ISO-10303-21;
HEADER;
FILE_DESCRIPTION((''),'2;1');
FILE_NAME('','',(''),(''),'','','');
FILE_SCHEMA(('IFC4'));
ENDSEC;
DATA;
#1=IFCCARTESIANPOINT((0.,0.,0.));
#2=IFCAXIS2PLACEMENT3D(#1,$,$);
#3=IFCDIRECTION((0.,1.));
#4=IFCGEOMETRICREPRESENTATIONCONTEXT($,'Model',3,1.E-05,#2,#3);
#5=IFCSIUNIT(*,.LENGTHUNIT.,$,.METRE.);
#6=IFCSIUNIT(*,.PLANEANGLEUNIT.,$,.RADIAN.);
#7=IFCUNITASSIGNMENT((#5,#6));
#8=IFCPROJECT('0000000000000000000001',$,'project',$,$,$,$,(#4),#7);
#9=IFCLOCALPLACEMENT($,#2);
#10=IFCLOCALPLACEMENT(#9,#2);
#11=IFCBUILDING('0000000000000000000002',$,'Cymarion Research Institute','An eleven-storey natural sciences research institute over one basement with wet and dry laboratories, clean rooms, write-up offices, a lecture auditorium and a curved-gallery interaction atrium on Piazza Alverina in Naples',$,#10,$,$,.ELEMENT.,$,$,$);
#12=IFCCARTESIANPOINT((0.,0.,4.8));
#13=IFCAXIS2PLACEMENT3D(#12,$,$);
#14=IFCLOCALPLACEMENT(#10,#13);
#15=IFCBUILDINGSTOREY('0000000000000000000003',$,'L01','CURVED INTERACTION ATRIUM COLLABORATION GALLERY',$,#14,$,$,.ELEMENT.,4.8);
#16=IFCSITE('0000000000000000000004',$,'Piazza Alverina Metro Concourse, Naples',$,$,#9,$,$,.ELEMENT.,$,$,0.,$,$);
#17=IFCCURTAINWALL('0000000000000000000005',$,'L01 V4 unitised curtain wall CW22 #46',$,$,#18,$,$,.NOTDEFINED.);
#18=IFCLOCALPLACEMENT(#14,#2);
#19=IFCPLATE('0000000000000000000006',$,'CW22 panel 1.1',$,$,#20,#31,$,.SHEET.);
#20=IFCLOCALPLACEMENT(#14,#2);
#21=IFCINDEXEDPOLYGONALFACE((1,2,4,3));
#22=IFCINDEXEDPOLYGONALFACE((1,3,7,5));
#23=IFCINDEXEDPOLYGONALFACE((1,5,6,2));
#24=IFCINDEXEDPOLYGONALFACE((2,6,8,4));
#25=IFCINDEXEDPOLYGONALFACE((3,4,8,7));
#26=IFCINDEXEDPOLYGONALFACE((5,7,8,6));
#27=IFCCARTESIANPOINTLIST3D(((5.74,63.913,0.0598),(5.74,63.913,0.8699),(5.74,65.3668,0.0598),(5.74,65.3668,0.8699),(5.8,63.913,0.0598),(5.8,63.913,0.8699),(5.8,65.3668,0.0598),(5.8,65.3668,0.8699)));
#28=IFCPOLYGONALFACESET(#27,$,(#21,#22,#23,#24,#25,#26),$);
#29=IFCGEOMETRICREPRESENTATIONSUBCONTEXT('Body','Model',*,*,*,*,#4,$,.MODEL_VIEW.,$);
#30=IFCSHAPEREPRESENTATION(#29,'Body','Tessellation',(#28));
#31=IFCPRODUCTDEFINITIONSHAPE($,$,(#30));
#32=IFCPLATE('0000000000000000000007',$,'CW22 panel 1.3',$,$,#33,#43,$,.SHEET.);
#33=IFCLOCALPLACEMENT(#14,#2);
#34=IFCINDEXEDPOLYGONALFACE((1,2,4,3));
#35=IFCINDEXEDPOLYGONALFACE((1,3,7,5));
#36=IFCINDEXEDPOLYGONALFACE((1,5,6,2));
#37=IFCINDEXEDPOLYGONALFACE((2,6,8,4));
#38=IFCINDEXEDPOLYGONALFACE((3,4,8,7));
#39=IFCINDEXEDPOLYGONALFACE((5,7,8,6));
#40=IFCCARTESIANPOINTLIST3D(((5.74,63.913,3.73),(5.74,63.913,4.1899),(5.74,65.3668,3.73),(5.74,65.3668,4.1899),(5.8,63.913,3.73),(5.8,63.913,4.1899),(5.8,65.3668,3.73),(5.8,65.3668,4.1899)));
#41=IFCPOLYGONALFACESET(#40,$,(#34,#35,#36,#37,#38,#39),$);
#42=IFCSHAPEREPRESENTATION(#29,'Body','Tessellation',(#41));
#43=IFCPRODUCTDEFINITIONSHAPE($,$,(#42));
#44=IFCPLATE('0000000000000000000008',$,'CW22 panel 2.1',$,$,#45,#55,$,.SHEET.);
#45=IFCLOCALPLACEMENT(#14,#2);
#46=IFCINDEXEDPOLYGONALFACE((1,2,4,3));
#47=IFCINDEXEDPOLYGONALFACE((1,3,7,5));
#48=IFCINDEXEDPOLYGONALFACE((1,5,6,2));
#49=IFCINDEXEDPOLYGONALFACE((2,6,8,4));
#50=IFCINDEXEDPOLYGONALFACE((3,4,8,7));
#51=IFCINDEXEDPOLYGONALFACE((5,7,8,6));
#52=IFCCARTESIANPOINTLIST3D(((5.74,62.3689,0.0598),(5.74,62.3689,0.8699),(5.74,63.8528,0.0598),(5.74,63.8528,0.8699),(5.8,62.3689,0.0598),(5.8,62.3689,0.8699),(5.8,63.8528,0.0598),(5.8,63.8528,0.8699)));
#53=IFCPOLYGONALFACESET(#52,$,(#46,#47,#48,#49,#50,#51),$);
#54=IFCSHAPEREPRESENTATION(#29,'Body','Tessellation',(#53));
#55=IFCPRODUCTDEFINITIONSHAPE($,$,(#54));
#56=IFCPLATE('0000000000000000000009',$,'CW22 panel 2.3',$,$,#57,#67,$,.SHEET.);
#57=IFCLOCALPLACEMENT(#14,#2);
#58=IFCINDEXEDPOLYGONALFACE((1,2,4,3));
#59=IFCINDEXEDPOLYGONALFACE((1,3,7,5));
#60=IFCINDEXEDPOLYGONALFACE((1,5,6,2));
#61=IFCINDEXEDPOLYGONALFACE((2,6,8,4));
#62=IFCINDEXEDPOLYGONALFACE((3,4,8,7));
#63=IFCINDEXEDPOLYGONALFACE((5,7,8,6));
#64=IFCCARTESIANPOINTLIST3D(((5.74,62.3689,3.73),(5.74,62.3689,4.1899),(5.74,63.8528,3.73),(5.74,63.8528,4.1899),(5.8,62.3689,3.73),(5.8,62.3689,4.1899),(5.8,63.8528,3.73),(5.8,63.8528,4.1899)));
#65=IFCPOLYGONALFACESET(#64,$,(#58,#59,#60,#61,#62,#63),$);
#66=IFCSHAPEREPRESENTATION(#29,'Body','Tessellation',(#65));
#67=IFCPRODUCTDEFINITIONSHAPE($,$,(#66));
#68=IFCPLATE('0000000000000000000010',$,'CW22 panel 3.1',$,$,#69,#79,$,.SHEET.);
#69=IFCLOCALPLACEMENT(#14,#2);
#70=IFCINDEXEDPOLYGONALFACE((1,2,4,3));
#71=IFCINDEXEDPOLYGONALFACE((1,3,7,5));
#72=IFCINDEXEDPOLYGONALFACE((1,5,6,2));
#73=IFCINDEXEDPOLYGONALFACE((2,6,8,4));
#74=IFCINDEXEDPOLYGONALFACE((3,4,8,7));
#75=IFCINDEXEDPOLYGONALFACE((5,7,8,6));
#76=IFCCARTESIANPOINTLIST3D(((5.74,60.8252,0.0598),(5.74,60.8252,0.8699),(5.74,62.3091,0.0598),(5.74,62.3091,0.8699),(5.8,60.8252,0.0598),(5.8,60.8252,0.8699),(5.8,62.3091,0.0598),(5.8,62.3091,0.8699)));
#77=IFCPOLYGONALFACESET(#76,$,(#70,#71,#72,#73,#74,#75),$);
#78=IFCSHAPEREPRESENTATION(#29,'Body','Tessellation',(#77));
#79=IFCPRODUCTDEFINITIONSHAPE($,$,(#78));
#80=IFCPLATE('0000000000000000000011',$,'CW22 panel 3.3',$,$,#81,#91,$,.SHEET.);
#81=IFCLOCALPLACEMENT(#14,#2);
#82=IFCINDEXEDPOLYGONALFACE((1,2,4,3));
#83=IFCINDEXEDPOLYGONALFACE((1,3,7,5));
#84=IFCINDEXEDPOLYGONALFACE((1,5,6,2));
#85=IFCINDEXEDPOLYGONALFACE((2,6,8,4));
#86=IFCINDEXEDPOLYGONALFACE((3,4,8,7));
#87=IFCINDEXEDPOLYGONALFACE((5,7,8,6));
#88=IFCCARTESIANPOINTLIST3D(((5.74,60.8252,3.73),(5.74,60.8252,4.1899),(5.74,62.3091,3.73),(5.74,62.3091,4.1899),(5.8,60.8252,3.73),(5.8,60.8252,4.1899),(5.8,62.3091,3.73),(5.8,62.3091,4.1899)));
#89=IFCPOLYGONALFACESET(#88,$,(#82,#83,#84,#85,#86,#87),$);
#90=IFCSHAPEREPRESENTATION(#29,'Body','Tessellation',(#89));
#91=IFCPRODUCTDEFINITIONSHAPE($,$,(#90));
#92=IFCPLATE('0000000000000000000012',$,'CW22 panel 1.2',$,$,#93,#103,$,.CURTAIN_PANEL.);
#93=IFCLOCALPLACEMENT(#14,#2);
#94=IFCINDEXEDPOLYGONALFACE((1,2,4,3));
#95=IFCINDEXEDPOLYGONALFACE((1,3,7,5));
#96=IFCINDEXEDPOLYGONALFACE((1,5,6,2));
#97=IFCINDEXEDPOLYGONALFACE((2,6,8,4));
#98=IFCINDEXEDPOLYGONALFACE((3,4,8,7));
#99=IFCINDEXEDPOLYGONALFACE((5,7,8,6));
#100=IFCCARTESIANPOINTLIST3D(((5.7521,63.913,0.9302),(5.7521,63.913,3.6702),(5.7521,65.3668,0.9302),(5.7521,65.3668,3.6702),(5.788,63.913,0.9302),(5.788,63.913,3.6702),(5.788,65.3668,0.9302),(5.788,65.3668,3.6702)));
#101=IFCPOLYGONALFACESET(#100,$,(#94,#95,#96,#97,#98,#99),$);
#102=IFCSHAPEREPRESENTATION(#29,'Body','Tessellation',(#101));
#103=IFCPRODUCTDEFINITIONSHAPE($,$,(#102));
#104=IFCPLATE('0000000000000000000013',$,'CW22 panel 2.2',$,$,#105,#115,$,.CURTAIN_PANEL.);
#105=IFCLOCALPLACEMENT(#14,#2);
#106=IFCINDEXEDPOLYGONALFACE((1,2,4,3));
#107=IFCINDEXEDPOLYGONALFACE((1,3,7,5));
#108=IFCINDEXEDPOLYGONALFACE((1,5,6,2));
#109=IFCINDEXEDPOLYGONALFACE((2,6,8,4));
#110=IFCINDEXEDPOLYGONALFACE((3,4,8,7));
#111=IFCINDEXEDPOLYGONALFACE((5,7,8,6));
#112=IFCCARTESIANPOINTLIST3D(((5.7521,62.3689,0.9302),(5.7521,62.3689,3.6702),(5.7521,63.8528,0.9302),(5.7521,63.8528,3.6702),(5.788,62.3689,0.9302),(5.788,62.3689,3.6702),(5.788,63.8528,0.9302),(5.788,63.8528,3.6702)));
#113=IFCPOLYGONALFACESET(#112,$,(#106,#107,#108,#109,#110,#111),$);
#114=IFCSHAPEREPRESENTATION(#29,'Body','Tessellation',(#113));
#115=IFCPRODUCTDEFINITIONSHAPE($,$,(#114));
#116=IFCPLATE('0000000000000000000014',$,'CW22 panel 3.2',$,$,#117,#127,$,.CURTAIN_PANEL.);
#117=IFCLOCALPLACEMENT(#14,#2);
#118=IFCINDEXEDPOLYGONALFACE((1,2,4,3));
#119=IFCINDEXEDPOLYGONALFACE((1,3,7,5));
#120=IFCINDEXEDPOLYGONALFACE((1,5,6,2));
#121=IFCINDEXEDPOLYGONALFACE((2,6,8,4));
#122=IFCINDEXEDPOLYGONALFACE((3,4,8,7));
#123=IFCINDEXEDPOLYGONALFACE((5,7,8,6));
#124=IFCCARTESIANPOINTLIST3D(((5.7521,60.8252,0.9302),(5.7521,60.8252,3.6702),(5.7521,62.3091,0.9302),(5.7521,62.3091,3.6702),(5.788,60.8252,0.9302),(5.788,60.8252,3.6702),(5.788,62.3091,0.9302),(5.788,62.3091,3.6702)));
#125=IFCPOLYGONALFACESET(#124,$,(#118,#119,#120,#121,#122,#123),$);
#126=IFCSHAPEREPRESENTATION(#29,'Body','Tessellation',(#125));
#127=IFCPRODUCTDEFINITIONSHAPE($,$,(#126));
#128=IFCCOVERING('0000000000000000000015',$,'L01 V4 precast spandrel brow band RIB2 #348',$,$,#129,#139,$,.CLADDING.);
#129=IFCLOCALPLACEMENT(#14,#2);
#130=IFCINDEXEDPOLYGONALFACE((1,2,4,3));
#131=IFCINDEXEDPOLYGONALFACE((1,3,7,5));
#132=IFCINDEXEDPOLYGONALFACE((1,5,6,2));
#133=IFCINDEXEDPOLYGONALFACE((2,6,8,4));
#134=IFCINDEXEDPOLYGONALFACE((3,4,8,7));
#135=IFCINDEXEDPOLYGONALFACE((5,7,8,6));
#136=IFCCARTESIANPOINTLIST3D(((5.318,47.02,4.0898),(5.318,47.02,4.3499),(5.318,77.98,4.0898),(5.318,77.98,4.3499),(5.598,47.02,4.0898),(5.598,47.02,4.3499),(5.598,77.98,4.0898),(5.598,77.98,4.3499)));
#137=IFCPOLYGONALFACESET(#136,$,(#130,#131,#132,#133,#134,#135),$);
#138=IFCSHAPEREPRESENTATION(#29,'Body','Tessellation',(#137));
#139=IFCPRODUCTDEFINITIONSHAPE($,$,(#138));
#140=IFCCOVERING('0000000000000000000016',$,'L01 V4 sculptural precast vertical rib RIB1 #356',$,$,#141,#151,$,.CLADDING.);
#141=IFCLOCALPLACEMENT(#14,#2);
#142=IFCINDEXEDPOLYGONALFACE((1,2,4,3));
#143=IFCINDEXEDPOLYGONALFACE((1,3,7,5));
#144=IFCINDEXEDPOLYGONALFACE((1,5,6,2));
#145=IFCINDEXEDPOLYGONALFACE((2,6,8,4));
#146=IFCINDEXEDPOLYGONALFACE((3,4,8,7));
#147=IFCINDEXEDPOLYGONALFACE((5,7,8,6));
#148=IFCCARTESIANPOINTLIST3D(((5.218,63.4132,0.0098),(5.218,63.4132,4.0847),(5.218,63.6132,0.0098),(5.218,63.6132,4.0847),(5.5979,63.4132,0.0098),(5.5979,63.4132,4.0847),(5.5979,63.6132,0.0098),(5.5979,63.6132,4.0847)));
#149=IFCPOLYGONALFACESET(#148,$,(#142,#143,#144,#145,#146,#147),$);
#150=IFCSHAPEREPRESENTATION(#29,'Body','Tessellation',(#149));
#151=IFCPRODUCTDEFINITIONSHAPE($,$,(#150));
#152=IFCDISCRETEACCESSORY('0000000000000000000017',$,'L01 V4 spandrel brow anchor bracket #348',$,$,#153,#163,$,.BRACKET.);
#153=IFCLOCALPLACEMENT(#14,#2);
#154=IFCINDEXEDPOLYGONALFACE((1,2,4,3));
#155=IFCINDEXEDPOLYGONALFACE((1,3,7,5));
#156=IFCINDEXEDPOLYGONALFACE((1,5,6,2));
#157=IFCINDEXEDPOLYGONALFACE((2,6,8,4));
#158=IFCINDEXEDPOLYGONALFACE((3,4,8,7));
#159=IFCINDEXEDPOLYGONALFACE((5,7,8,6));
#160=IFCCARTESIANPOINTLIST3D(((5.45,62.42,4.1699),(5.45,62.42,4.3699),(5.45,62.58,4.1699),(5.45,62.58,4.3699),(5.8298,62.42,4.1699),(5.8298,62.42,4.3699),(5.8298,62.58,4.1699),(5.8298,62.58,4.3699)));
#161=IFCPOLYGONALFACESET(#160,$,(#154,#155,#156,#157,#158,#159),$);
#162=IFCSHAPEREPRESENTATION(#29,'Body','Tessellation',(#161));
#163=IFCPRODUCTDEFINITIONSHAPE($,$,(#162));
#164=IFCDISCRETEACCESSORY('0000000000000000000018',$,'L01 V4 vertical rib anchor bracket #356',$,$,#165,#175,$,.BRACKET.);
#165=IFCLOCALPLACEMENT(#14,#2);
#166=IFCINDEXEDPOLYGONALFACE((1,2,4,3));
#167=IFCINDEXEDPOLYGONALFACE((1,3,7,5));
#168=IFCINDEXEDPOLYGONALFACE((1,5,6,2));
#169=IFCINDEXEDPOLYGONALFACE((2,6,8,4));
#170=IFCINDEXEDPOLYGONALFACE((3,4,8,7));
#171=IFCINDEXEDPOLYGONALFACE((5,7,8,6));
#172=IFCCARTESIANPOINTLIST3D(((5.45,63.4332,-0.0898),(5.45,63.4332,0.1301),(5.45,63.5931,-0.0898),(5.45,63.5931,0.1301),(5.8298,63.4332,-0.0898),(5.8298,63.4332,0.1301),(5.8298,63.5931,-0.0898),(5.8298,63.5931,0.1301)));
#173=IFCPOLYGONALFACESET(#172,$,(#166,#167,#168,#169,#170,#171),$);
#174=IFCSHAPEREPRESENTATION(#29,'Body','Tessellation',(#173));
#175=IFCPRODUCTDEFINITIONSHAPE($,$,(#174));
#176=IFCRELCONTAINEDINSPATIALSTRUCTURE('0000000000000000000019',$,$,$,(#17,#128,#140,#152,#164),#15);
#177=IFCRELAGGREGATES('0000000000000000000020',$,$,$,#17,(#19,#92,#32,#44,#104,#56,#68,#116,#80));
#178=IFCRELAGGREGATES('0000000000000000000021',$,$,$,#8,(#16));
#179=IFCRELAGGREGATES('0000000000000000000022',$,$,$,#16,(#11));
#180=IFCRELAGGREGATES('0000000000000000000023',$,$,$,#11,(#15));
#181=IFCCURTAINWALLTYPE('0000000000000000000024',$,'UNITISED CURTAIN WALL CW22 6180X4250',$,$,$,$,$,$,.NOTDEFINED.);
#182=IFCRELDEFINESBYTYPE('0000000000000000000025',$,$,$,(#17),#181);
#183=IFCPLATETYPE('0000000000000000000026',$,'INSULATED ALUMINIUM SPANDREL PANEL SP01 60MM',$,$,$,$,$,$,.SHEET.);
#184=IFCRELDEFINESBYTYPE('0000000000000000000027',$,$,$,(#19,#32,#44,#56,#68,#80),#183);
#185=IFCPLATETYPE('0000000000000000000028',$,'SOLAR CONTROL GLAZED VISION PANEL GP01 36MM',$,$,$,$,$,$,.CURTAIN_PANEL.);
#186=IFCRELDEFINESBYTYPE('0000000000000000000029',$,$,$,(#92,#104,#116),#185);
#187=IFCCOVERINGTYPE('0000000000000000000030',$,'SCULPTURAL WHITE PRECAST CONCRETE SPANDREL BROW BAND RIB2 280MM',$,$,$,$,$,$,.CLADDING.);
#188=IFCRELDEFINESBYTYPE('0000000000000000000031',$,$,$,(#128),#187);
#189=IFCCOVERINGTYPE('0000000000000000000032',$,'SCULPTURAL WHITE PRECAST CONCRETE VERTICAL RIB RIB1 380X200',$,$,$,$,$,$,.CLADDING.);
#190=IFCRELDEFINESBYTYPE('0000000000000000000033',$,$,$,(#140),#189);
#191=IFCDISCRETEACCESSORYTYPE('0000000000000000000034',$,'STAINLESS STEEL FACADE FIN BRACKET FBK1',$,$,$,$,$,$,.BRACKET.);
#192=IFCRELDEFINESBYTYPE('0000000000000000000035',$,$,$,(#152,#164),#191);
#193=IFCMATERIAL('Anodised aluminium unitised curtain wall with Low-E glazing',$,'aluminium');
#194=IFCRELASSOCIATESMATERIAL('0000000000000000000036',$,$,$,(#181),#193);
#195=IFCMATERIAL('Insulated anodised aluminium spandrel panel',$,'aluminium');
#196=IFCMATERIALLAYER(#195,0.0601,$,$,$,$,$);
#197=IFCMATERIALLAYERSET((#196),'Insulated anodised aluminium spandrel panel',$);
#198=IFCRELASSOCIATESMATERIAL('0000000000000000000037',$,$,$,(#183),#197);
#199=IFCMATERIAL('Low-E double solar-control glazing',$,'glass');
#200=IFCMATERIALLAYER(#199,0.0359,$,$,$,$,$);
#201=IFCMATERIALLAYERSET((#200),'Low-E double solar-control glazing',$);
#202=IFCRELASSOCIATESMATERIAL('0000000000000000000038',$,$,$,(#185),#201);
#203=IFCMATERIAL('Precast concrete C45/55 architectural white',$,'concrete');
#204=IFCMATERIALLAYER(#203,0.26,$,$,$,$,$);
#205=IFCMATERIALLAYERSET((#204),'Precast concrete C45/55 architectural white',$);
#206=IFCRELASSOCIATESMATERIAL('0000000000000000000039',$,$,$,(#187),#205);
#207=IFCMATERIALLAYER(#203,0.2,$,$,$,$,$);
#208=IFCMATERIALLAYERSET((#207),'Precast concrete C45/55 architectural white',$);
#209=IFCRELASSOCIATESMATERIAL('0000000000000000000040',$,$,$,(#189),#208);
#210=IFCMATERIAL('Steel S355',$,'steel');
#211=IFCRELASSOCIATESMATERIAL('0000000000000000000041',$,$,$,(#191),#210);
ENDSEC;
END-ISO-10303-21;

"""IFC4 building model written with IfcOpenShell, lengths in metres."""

from ifc_helpers import new_model, si_unit, direction, frame, origin, origin_2d, place, context, subcontext, project, spatial, rectangle, extrude, material, layer, layer_set, type_object, element, aggregate, save


model = new_model("IFC4")

# Units and contexts
model_context = context("Model", 3, precision=1e-05, world=origin(), true_north=direction((0.0, 1.0)))
body_context = subcontext(model_context, "Body", "Model", "MODEL_VIEW")
ifc_project = project(units=[si_unit("LENGTHUNIT", "METRE"), si_unit("PLANEANGLEUNIT", "RADIAN")], contexts=[model_context])

# Site, building, storey
site_placement = place(None, origin())
site = spatial("IfcSite", under=ifc_project, at=site_placement, Name="Piazza Alverina Metro Concourse, Naples", CompositionType="ELEMENT", RefElevation=0.0)
building_placement = place(site_placement, origin())
building = spatial("IfcBuilding", under=site, at=building_placement, Name="Cymarion Research Institute", Description="An eleven-storey natural sciences research institute over one basement with wet and dry laboratories, clean rooms, write-up offices, a lecture auditorium and a curved-gallery interaction atrium on Piazza Alverina in Naples", CompositionType="ELEMENT")
storey_placement = place(building_placement, frame((0.0, 0.0, 4.8)))
storey = spatial("IfcBuildingStorey", under=building, at=storey_placement, Name="L01", Description="CURVED INTERACTION ATRIUM COLLABORATION GALLERY", CompositionType="ELEMENT", Elevation=4.8)

# Curtain wall, plates
ifc_material_1 = material(Name="Anodised aluminium unitised curtain wall with Low-E glazing", Category="aluminium")
curtain_wall_type = type_object("IfcCurtainWallType", Name="UNITISED CURTAIN WALL CW22 6180X4250", PredefinedType="NOTDEFINED", material=ifc_material_1)
curtain_wall_placement = place(storey_placement, origin())
curtain_wall = element("IfcCurtainWall", 1, at=curtain_wall_placement, inside=storey, type_object=curtain_wall_type, Name="L01 V4 unitised curtain wall CW22 #46", PredefinedType="NOTDEFINED")
ifc_material_2 = material(Name="Insulated anodised aluminium spandrel panel", Category="aluminium")
ifc_layer_1 = layer(ifc_material_2, 0.0601)
ifc_layer_set_1 = layer_set([ifc_layer_1], Name="Insulated anodised aluminium spandrel panel")
plate_type_1 = type_object("IfcPlateType", Name="INSULATED ALUMINIUM SPANDREL PANEL SP01 60MM", PredefinedType="SHEET", material=ifc_layer_set_1)
plate_1_placement = place(storey_placement, frame((5.77, 64.6399, 0.0598), z_axis=(0.0, 0.0, 1.0), x_axis=(0.0, -1.0, 0.0)))
plate_1 = element("IfcPlate", 2, at=plate_1_placement, type_object=plate_type_1, Name="CW22 panel 1.1", PredefinedType="SHEET", context=body_context, shape_type="SweptSolid", body=[
    extrude(rectangle(XDim=1.4539, YDim=0.0601, at=origin_2d()), origin(), (0.0, 0.0, 1.0), 0.8101),
])
plate_2_placement = place(storey_placement, frame((5.77, 64.6399, 3.73), z_axis=(0.0, 0.0, 1.0), x_axis=(0.0, -1.0, 0.0)))
plate_2 = element("IfcPlate", 3, at=plate_2_placement, type_object=plate_type_1, Name="CW22 panel 1.3", PredefinedType="SHEET", context=body_context, shape_type="SweptSolid", body=[
    extrude(rectangle(XDim=1.4539, YDim=0.0601, at=origin_2d()), origin(), (0.0, 0.0, 1.0), 0.46),
])
plate_3_placement = place(storey_placement, frame((5.77, 63.1108, 0.0598), z_axis=(0.0, 0.0, 1.0), x_axis=(0.0, -1.0, 0.0)))
plate_3 = element("IfcPlate", 4, at=plate_3_placement, type_object=plate_type_1, Name="CW22 panel 2.1", PredefinedType="SHEET", context=body_context, shape_type="SweptSolid", body=[
    extrude(rectangle(XDim=1.4839, YDim=0.0601, at=origin_2d()), origin(), (0.0, 0.0, 1.0), 0.8101),
])
plate_4_placement = place(storey_placement, frame((5.77, 63.1108, 3.73), z_axis=(0.0, 0.0, 1.0), x_axis=(0.0, -1.0, 0.0)))
plate_4 = element("IfcPlate", 5, at=plate_4_placement, type_object=plate_type_1, Name="CW22 panel 2.3", PredefinedType="SHEET", context=body_context, shape_type="SweptSolid", body=[
    extrude(rectangle(XDim=1.4839, YDim=0.0601, at=origin_2d()), origin(), (0.0, 0.0, 1.0), 0.46),
])
plate_5_placement = place(storey_placement, frame((5.77, 61.5671, 0.0598), z_axis=(0.0, 0.0, 1.0), x_axis=(0.0, -1.0, 0.0)))
plate_5 = element("IfcPlate", 6, at=plate_5_placement, type_object=plate_type_1, Name="CW22 panel 3.1", PredefinedType="SHEET", context=body_context, shape_type="SweptSolid", body=[
    extrude(rectangle(XDim=1.4839, YDim=0.0601, at=origin_2d()), origin(), (0.0, 0.0, 1.0), 0.8101),
])
plate_6_placement = place(storey_placement, frame((5.77, 61.5671, 3.73), z_axis=(0.0, 0.0, 1.0), x_axis=(0.0, -1.0, 0.0)))
plate_6 = element("IfcPlate", 7, at=plate_6_placement, type_object=plate_type_1, Name="CW22 panel 3.3", PredefinedType="SHEET", context=body_context, shape_type="SweptSolid", body=[
    extrude(rectangle(XDim=1.4839, YDim=0.0601, at=origin_2d()), origin(), (0.0, 0.0, 1.0), 0.46),
])
ifc_material_3 = material(Name="Low-E double solar-control glazing", Category="glass")
ifc_layer_2 = layer(ifc_material_3, 0.0359)
ifc_layer_set_2 = layer_set([ifc_layer_2], Name="Low-E double solar-control glazing")
plate_type_2 = type_object("IfcPlateType", Name="SOLAR CONTROL GLAZED VISION PANEL GP01 36MM", PredefinedType="CURTAIN_PANEL", material=ifc_layer_set_2)
plate_7_placement = place(storey_placement, frame((5.77, 64.6399, 0.9302), z_axis=(0.0, 0.0, 1.0), x_axis=(0.0, -1.0, 0.0)))
plate_7 = element("IfcPlate", 8, at=plate_7_placement, type_object=plate_type_2, Name="CW22 panel 1.2", PredefinedType="CURTAIN_PANEL", context=body_context, shape_type="SweptSolid", body=[
    extrude(rectangle(XDim=1.4539, YDim=0.0359, at=origin_2d()), origin(), (0.0, 0.0, 1.0), 2.74),
])
plate_8_placement = place(storey_placement, frame((5.77, 63.1108, 0.9302), z_axis=(0.0, 0.0, 1.0), x_axis=(0.0, -1.0, 0.0)))
plate_8 = element("IfcPlate", 9, at=plate_8_placement, type_object=plate_type_2, Name="CW22 panel 2.2", PredefinedType="CURTAIN_PANEL", context=body_context, shape_type="SweptSolid", body=[
    extrude(rectangle(XDim=1.4839, YDim=0.0359, at=origin_2d()), origin(), (0.0, 0.0, 1.0), 2.74),
])
plate_9_placement = place(storey_placement, frame((5.77, 61.5671, 0.9302), z_axis=(0.0, 0.0, 1.0), x_axis=(0.0, -1.0, 0.0)))
plate_9 = element("IfcPlate", 10, at=plate_9_placement, type_object=plate_type_2, Name="CW22 panel 3.2", PredefinedType="CURTAIN_PANEL", context=body_context, shape_type="SweptSolid", body=[
    extrude(rectangle(XDim=1.4839, YDim=0.0359, at=origin_2d()), origin(), (0.0, 0.0, 1.0), 2.74),
])
aggregate(curtain_wall, [plate_1, plate_7, plate_2, plate_3, plate_8, plate_4, plate_5, plate_9, plate_6])

# Coverings
ifc_material_4 = material(Name="Precast concrete C45/55 architectural white", Category="concrete")
ifc_layer_3 = layer(ifc_material_4, 0.26)
ifc_layer_set_3 = layer_set([ifc_layer_3], Name="Precast concrete C45/55 architectural white")
covering_type_1 = type_object("IfcCoveringType", Name="SCULPTURAL WHITE PRECAST CONCRETE SPANDREL BROW BAND RIB2 280MM", PredefinedType="CLADDING", material=ifc_layer_set_3)
covering_1_placement = place(storey_placement, frame((5.458, 62.5, 4.0898), z_axis=(0.0, 0.0, 1.0), x_axis=(-1.0, 0.0, 0.0)))
element("IfcCovering", 11, at=covering_1_placement, inside=storey, type_object=covering_type_1, Name="L01 V4 precast spandrel brow band RIB2 #348", PredefinedType="CLADDING", context=body_context, shape_type="SweptSolid", body=[
    extrude(rectangle(XDim=0.28, YDim=30.96, at=origin_2d()), origin(), (0.0, 0.0, 1.0), 0.26),
])
ifc_layer_4 = layer(ifc_material_4, 0.2)
ifc_layer_set_4 = layer_set([ifc_layer_4], Name="Precast concrete C45/55 architectural white")
covering_type_2 = type_object("IfcCoveringType", Name="SCULPTURAL WHITE PRECAST CONCRETE VERTICAL RIB RIB1 380X200", PredefinedType="CLADDING", material=ifc_layer_set_4)
covering_2_placement = place(storey_placement, frame((5.408, 63.5132, 0.0098), z_axis=(0.0, 0.0, 1.0), x_axis=(-1.0, 0.0, 0.0)))
element("IfcCovering", 12, at=covering_2_placement, inside=storey, type_object=covering_type_2, Name="L01 V4 sculptural precast vertical rib RIB1 #356", PredefinedType="CLADDING", context=body_context, shape_type="SweptSolid", body=[
    extrude(rectangle(XDim=0.3799, YDim=0.2, at=origin_2d()), origin(), (0.0, 0.0, 1.0), 4.075),
])

# Discrete accessories
ifc_material_5 = material(Name="Steel S355", Category="steel")
discrete_accessory_type = type_object("IfcDiscreteAccessoryType", Name="STAINLESS STEEL FACADE FIN BRACKET FBK1", PredefinedType="BRACKET", material=ifc_material_5)
discrete_accessory_1_placement = place(storey_placement, frame((5.6399, 62.5, 4.1699), z_axis=(0.0, 0.0, 1.0), x_axis=(-1.0, 0.0, 0.0)))
element("IfcDiscreteAccessory", 13, at=discrete_accessory_1_placement, inside=storey, type_object=discrete_accessory_type, Name="L01 V4 spandrel brow anchor bracket #348", PredefinedType="BRACKET", context=body_context, shape_type="SweptSolid", body=[
    extrude(rectangle(XDim=0.3799, YDim=0.1599, at=origin_2d()), origin(), (0.0, 0.0, 1.0), 0.2),
])
discrete_accessory_2_placement = place(storey_placement, frame((5.6399, 63.5132, -0.0898), z_axis=(0.0, 0.0, 1.0), x_axis=(-1.0, 0.0, 0.0)))
element("IfcDiscreteAccessory", 14, at=discrete_accessory_2_placement, inside=storey, type_object=discrete_accessory_type, Name="L01 V4 vertical rib anchor bracket #356", PredefinedType="BRACKET", context=body_context, shape_type="SweptSolid", body=[
    extrude(rectangle(XDim=0.3799, YDim=0.1599, at=origin_2d()), origin(), (0.0, 0.0, 1.0), 0.22),
])

save(model, "model.ifc")
